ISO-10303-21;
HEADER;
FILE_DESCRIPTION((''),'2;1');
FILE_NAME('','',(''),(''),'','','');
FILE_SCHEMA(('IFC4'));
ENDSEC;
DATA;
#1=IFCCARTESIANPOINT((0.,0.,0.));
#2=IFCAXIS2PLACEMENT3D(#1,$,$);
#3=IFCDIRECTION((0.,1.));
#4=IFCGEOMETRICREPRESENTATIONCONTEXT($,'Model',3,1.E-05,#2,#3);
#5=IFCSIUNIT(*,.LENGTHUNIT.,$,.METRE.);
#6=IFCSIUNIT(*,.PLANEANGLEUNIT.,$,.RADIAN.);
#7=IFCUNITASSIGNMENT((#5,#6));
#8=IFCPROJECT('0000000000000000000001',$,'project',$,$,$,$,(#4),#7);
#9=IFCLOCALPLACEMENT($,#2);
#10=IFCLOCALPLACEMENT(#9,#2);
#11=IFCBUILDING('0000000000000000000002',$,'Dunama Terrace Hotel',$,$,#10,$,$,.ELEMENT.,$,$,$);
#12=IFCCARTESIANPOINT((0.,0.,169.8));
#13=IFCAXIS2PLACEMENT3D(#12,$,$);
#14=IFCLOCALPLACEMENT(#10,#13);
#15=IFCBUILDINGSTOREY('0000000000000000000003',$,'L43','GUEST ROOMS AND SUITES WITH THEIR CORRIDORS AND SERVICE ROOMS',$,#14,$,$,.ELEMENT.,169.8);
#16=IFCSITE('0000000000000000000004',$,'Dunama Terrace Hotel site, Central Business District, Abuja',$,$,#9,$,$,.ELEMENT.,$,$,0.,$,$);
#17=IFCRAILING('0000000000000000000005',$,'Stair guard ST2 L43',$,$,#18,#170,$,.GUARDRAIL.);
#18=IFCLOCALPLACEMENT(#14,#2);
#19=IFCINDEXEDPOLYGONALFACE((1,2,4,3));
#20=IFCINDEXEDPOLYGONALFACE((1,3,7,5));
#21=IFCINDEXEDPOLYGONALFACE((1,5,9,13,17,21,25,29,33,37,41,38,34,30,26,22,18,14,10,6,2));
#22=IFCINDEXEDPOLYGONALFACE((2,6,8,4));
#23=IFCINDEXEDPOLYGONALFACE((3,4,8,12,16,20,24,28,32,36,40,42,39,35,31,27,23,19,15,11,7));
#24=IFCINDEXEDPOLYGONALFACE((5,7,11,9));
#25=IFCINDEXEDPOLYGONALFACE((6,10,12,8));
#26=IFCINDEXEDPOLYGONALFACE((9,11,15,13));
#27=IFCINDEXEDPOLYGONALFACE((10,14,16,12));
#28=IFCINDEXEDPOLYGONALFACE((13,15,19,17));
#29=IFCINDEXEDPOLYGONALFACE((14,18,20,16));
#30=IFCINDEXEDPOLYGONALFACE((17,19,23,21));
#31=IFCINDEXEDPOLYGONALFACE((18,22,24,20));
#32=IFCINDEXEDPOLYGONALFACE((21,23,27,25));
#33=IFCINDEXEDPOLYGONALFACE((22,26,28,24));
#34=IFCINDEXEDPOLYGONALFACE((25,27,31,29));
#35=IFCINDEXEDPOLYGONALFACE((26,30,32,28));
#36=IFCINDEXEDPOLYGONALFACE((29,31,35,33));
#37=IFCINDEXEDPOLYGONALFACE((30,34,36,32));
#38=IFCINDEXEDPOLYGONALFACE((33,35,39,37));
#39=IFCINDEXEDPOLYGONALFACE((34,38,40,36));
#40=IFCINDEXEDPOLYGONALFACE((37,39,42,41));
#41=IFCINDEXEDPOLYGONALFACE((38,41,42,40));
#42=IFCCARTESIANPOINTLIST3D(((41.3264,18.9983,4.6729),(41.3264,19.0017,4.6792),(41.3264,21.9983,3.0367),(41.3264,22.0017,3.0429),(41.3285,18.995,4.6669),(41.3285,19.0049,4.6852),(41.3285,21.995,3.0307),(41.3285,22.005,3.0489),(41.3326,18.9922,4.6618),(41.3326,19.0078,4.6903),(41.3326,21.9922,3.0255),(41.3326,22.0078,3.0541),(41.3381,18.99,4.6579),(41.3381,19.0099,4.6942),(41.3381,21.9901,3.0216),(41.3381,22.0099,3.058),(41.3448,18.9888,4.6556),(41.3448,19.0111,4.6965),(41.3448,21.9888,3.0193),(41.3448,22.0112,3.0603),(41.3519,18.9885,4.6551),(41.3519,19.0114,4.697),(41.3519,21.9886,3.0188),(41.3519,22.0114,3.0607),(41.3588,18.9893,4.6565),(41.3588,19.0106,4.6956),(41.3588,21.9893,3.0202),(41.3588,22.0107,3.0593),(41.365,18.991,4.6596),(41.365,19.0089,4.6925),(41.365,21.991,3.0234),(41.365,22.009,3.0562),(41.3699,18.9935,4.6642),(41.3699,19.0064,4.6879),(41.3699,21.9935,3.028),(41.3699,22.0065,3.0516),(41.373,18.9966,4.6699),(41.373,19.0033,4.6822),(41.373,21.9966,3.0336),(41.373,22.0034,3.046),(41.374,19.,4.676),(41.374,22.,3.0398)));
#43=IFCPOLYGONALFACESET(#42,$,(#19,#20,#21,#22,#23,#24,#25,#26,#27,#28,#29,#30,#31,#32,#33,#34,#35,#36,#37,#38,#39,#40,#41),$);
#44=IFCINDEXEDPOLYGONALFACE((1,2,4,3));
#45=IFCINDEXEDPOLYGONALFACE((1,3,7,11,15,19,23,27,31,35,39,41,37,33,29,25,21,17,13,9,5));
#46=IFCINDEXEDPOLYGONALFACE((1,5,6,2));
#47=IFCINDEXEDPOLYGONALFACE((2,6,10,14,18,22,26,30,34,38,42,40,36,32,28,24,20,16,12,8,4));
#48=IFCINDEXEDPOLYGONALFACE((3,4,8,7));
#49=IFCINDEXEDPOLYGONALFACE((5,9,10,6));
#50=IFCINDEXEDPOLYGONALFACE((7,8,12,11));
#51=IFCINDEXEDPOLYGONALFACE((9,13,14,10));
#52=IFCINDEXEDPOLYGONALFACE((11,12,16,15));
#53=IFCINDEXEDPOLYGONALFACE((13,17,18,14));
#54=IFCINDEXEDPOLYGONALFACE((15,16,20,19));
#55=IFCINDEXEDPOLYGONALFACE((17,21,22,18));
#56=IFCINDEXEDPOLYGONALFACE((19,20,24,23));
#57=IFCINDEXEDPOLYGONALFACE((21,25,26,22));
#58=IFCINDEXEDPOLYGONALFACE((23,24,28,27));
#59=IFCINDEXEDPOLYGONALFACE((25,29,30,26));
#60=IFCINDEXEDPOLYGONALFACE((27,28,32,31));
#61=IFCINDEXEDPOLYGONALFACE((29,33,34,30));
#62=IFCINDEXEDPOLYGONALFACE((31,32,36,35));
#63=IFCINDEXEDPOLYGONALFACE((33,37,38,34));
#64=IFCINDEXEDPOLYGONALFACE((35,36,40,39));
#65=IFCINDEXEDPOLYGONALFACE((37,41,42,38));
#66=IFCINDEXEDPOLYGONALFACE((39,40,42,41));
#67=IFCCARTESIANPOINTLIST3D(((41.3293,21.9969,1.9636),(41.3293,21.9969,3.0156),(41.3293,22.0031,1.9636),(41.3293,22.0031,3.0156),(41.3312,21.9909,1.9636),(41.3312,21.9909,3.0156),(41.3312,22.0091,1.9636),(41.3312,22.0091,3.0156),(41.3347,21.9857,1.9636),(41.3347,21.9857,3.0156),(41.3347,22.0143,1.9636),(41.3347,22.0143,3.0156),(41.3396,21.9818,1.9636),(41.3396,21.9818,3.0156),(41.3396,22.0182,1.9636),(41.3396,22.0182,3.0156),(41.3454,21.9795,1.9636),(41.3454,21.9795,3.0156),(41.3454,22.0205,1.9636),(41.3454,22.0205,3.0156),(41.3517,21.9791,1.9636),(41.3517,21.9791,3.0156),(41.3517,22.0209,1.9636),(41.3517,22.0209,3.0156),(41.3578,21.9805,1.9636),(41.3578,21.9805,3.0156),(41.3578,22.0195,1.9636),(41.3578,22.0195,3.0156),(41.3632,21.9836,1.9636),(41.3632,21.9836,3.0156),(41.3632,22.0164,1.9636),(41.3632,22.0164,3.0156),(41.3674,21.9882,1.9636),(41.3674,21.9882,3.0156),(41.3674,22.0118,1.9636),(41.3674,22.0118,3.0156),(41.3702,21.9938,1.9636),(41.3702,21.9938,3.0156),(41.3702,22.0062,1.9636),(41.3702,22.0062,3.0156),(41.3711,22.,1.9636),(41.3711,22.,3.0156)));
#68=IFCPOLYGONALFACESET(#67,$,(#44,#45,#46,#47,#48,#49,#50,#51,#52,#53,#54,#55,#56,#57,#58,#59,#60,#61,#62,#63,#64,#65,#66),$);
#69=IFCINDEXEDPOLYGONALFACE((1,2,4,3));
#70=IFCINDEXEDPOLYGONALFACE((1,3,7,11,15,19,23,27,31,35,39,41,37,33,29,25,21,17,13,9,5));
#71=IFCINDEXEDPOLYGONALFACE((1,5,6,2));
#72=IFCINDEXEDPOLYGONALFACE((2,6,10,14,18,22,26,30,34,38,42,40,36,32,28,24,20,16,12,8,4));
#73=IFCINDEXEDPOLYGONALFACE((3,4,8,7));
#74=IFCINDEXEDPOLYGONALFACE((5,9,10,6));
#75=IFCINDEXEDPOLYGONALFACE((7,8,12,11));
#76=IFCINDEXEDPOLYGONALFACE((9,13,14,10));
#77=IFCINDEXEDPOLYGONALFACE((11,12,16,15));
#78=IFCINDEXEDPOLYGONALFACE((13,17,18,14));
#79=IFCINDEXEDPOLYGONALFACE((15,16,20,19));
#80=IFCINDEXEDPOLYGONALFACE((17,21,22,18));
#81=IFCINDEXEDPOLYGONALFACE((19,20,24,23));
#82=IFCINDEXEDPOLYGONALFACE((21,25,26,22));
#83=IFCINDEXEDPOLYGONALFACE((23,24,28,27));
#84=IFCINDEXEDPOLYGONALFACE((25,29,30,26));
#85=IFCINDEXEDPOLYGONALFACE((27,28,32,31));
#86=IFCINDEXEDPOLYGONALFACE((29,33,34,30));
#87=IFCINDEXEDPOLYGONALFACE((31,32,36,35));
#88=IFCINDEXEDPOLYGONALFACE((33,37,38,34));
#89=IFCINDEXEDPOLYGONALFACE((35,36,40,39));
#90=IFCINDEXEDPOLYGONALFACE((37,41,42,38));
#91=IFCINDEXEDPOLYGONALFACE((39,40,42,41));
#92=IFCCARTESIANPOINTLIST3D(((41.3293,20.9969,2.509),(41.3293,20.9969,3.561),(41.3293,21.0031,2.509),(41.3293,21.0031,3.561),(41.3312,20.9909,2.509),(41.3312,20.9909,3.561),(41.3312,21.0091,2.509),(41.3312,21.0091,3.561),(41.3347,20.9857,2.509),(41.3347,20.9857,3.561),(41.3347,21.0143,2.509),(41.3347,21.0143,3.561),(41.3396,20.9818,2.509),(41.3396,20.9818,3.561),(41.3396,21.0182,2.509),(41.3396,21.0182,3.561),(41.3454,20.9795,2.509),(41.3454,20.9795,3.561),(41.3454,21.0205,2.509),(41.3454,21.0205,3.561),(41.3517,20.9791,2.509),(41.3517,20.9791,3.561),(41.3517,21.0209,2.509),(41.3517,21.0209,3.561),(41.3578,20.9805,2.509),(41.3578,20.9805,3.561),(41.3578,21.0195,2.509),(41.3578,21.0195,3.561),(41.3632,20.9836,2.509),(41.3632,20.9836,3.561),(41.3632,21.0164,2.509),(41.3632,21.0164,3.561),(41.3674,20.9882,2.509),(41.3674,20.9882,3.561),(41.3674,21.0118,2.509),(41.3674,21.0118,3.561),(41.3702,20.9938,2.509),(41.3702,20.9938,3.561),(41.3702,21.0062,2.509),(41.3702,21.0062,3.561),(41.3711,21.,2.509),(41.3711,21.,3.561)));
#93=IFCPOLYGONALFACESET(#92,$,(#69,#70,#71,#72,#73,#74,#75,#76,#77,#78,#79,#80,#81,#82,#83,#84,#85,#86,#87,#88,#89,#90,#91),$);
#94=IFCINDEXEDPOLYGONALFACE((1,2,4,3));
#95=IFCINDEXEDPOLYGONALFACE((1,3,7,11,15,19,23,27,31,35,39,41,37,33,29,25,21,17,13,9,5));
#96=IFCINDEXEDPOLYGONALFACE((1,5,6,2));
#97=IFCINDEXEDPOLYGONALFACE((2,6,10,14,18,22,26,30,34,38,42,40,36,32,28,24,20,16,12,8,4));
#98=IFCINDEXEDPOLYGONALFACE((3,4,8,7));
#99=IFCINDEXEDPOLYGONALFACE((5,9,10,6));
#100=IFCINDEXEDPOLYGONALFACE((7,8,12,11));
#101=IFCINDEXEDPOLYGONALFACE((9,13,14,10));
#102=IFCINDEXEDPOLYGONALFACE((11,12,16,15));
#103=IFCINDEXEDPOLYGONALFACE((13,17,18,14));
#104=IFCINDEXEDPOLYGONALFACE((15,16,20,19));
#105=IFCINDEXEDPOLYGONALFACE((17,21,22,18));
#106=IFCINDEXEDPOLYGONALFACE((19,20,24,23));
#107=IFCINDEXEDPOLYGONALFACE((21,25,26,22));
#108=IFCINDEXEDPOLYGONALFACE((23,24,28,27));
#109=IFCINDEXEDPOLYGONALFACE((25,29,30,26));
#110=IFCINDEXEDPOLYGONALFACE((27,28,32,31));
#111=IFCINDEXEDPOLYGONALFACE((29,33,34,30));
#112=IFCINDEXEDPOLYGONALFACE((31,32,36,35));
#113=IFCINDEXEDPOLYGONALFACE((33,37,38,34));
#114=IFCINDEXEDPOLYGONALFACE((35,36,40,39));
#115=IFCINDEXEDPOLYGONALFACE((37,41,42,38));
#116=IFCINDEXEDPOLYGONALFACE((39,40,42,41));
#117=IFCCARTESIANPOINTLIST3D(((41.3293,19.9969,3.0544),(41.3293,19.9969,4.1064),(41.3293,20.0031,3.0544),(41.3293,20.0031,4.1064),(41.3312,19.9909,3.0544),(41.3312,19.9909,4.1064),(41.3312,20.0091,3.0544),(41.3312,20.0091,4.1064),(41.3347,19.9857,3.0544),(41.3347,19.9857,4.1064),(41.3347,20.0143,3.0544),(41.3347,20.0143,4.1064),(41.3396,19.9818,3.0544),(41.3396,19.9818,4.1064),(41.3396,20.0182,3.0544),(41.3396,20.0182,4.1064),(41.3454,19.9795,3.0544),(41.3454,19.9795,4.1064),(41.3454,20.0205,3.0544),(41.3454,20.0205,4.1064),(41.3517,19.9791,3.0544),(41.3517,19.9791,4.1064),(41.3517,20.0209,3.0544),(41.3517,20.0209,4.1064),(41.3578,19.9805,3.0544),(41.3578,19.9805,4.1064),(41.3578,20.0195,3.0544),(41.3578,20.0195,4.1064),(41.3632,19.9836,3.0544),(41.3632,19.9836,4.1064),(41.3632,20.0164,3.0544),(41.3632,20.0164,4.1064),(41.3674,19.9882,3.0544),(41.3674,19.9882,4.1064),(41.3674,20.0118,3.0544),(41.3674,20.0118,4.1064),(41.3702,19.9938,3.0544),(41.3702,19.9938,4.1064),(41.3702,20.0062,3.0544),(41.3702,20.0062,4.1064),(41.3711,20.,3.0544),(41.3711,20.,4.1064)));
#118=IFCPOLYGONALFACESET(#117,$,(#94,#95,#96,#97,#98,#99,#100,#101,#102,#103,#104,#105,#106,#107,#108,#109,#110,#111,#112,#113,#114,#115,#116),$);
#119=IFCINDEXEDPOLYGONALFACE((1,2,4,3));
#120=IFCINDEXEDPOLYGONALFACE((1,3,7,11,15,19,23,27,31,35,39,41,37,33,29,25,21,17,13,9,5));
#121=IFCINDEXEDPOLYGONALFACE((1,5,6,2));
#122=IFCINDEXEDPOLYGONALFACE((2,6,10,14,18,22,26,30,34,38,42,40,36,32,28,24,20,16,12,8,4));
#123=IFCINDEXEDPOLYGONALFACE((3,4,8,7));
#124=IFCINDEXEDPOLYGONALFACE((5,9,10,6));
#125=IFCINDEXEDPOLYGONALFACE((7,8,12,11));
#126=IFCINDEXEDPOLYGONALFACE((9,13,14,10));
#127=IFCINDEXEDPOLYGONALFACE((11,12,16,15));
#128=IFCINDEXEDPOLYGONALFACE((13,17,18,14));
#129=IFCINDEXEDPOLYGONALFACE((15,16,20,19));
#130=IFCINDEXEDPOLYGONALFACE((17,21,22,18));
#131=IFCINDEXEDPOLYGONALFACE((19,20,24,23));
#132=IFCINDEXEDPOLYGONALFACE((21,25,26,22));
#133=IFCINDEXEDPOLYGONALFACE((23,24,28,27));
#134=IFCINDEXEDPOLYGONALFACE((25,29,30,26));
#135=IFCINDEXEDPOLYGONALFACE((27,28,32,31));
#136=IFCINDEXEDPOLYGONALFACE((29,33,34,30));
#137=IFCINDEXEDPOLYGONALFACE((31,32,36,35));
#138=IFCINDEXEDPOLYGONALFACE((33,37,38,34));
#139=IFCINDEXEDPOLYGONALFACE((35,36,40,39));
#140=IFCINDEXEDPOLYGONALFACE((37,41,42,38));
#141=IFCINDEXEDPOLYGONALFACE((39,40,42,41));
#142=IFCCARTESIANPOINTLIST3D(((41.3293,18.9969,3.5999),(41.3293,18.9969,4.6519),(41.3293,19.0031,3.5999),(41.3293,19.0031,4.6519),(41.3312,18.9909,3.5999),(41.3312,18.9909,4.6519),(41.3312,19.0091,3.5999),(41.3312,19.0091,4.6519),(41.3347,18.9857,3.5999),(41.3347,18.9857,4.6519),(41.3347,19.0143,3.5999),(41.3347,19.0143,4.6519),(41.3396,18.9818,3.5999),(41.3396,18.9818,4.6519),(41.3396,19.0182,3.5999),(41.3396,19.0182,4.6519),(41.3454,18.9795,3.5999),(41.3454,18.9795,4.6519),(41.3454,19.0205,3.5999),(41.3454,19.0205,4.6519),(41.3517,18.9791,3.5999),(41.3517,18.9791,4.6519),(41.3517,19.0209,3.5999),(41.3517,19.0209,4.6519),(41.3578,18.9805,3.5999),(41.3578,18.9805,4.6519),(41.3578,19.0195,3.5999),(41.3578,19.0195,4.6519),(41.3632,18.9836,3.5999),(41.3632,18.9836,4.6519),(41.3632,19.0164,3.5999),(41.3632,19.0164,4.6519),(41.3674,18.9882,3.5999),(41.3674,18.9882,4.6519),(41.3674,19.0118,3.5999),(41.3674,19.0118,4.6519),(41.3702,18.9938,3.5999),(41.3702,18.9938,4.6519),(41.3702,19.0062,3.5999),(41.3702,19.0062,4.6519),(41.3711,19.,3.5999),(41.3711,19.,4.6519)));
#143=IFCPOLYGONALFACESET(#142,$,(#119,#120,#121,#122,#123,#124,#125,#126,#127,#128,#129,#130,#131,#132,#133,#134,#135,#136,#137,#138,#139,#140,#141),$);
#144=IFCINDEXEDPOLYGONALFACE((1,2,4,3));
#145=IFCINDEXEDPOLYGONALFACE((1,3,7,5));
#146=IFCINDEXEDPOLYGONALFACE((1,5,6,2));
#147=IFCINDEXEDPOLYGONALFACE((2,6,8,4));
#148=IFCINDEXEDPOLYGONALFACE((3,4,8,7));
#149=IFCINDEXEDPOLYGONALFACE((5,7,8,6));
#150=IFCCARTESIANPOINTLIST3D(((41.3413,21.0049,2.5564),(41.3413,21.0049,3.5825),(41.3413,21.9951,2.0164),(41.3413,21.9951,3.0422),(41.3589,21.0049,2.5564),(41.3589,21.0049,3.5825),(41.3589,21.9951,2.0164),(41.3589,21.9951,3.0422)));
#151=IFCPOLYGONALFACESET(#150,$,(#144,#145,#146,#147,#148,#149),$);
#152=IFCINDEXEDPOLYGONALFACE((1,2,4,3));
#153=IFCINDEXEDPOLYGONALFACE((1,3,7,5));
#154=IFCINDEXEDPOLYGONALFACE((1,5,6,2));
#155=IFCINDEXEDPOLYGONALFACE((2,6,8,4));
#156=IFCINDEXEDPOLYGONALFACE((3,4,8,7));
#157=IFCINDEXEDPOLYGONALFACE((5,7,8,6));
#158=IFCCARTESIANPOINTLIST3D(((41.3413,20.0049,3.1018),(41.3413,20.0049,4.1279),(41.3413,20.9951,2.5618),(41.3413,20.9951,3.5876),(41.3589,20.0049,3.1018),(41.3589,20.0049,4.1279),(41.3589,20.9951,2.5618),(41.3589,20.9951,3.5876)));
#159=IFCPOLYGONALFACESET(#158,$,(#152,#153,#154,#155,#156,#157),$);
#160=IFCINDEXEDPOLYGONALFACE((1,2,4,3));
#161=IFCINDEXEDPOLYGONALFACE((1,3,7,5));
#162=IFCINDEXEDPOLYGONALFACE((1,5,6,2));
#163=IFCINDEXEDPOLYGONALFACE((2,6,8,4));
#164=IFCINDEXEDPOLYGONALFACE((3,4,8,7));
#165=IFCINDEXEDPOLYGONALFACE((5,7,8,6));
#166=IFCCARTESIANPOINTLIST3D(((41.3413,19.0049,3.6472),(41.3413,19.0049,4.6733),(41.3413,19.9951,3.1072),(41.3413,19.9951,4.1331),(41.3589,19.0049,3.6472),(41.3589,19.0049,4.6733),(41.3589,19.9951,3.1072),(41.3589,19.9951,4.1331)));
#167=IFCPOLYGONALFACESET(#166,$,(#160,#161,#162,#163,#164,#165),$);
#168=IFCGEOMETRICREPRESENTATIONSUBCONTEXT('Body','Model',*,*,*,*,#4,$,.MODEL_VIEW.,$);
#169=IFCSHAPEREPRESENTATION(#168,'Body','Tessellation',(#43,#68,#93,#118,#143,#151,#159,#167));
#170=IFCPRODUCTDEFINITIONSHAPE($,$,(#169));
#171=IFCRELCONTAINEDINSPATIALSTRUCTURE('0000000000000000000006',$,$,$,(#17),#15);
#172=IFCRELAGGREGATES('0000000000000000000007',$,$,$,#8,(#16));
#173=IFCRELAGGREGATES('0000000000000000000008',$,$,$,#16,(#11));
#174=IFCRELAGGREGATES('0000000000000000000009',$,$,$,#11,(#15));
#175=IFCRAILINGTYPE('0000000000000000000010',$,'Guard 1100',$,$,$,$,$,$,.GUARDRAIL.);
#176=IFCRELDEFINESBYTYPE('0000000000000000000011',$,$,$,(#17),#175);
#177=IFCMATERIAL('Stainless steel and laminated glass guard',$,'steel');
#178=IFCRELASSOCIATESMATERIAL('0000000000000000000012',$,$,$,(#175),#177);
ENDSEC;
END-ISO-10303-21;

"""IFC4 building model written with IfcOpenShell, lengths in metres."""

from ifc_helpers import new_model, si_unit, direction, frame, origin, origin_2d, place, context, subcontext, project, spatial, polyline, circle, outline, extrude, material, type_object, element, save


model = new_model("IFC4")

# Units and contexts
model_context = context("Model", 3, precision=1e-05, world=origin(), true_north=direction((0.0, 1.0)))
body_context = subcontext(model_context, "Body", "Model", "MODEL_VIEW")
ifc_project = project(units=[si_unit("LENGTHUNIT", "METRE"), si_unit("PLANEANGLEUNIT", "RADIAN")], contexts=[model_context])

# Site, building, storey
site_placement = place(None, origin())
site = spatial("IfcSite", under=ifc_project, at=site_placement, Name="Dunama Terrace Hotel site, Central Business District, Abuja", CompositionType="ELEMENT", RefElevation=0.0)
building_placement = place(site_placement, origin())
building = spatial("IfcBuilding", under=site, at=building_placement, Name="Dunama Terrace Hotel", CompositionType="ELEMENT")
storey_placement = place(building_placement, frame((0.0, 0.0, 169.8)))
storey = spatial("IfcBuildingStorey", under=building, at=storey_placement, Name="L43", Description="GUEST ROOMS AND SUITES WITH THEIR CORRIDORS AND SERVICE ROOMS", CompositionType="ELEMENT", Elevation=169.8)

# Railing
ifc_material_1 = material(Name="Stainless steel and laminated glass guard", Category="steel")
railing_type_1 = type_object("IfcRailingType", Name="Guard 1100", PredefinedType="GUARDRAIL", material=ifc_material_1)
railing_1_placement = place(storey_placement, frame((41.3501, 22.0, 1.9636)))
element("IfcRailing", 1, at=railing_1_placement, inside=storey, type_object=railing_type_1, Name="Stair guard ST2 L43", PredefinedType="GUARDRAIL", context=body_context, shape_type="SweptSolid", body=[
    extrude(circle(Radius=0.0239, at=origin_2d()), frame((0.0, 0.0, 1.0762), z_axis=(0.0, -0.877912, 0.478822), x_axis=(1.0, 0.0, 0.0)), (0.0, 0.0, 1.0), 3.4172),
    extrude(circle(Radius=0.021, at=origin_2d()), origin(), (0.0, 0.0, 1.0), 1.052),
    extrude(circle(Radius=0.021, at=origin_2d()), frame((0.0, -1.0, 0.5454)), (0.0, 0.0, 1.0), 1.052),
    extrude(circle(Radius=0.021, at=origin_2d()), frame((0.0, -2.0, 1.0908)), (0.0, 0.0, 1.0), 1.052),
    extrude(circle(Radius=0.021, at=origin_2d()), frame((0.0, -3.0, 1.6362)), (0.0, 0.0, 1.0), 1.052),
    extrude(outline(polyline([(0.0049, 0.0527), (0.9951, 0.5928), (0.9951, 1.6189), (0.0049, 1.0786), (0.0049, 0.0527)])), frame((0.0088, 0.0, 0.0), z_axis=(-1.0, 0.0, 0.0), x_axis=(0.0, -1.0, 0.0)), (0.0, 0.0, 1.0), 0.0176),
    extrude(outline(polyline([(0.0049, 0.0527), (0.9951, 0.5928), (0.9951, 1.6189), (0.0049, 1.0786), (0.0049, 0.0527)])), frame((0.0088, -1.0, 0.5454), z_axis=(-1.0, 0.0, 0.0), x_axis=(0.0, -1.0, 0.0)), (0.0, 0.0, 1.0), 0.0176),
    extrude(outline(polyline([(0.0049, 0.0527), (0.9951, 0.5928), (0.9951, 1.6189), (0.0049, 1.0786), (0.0049, 0.0527)])), frame((0.0088, -2.0, 1.0908), z_axis=(-1.0, 0.0, 0.0), x_axis=(0.0, -1.0, 0.0)), (0.0, 0.0, 1.0), 0.0176),
])

save(model, "model.ifc")
